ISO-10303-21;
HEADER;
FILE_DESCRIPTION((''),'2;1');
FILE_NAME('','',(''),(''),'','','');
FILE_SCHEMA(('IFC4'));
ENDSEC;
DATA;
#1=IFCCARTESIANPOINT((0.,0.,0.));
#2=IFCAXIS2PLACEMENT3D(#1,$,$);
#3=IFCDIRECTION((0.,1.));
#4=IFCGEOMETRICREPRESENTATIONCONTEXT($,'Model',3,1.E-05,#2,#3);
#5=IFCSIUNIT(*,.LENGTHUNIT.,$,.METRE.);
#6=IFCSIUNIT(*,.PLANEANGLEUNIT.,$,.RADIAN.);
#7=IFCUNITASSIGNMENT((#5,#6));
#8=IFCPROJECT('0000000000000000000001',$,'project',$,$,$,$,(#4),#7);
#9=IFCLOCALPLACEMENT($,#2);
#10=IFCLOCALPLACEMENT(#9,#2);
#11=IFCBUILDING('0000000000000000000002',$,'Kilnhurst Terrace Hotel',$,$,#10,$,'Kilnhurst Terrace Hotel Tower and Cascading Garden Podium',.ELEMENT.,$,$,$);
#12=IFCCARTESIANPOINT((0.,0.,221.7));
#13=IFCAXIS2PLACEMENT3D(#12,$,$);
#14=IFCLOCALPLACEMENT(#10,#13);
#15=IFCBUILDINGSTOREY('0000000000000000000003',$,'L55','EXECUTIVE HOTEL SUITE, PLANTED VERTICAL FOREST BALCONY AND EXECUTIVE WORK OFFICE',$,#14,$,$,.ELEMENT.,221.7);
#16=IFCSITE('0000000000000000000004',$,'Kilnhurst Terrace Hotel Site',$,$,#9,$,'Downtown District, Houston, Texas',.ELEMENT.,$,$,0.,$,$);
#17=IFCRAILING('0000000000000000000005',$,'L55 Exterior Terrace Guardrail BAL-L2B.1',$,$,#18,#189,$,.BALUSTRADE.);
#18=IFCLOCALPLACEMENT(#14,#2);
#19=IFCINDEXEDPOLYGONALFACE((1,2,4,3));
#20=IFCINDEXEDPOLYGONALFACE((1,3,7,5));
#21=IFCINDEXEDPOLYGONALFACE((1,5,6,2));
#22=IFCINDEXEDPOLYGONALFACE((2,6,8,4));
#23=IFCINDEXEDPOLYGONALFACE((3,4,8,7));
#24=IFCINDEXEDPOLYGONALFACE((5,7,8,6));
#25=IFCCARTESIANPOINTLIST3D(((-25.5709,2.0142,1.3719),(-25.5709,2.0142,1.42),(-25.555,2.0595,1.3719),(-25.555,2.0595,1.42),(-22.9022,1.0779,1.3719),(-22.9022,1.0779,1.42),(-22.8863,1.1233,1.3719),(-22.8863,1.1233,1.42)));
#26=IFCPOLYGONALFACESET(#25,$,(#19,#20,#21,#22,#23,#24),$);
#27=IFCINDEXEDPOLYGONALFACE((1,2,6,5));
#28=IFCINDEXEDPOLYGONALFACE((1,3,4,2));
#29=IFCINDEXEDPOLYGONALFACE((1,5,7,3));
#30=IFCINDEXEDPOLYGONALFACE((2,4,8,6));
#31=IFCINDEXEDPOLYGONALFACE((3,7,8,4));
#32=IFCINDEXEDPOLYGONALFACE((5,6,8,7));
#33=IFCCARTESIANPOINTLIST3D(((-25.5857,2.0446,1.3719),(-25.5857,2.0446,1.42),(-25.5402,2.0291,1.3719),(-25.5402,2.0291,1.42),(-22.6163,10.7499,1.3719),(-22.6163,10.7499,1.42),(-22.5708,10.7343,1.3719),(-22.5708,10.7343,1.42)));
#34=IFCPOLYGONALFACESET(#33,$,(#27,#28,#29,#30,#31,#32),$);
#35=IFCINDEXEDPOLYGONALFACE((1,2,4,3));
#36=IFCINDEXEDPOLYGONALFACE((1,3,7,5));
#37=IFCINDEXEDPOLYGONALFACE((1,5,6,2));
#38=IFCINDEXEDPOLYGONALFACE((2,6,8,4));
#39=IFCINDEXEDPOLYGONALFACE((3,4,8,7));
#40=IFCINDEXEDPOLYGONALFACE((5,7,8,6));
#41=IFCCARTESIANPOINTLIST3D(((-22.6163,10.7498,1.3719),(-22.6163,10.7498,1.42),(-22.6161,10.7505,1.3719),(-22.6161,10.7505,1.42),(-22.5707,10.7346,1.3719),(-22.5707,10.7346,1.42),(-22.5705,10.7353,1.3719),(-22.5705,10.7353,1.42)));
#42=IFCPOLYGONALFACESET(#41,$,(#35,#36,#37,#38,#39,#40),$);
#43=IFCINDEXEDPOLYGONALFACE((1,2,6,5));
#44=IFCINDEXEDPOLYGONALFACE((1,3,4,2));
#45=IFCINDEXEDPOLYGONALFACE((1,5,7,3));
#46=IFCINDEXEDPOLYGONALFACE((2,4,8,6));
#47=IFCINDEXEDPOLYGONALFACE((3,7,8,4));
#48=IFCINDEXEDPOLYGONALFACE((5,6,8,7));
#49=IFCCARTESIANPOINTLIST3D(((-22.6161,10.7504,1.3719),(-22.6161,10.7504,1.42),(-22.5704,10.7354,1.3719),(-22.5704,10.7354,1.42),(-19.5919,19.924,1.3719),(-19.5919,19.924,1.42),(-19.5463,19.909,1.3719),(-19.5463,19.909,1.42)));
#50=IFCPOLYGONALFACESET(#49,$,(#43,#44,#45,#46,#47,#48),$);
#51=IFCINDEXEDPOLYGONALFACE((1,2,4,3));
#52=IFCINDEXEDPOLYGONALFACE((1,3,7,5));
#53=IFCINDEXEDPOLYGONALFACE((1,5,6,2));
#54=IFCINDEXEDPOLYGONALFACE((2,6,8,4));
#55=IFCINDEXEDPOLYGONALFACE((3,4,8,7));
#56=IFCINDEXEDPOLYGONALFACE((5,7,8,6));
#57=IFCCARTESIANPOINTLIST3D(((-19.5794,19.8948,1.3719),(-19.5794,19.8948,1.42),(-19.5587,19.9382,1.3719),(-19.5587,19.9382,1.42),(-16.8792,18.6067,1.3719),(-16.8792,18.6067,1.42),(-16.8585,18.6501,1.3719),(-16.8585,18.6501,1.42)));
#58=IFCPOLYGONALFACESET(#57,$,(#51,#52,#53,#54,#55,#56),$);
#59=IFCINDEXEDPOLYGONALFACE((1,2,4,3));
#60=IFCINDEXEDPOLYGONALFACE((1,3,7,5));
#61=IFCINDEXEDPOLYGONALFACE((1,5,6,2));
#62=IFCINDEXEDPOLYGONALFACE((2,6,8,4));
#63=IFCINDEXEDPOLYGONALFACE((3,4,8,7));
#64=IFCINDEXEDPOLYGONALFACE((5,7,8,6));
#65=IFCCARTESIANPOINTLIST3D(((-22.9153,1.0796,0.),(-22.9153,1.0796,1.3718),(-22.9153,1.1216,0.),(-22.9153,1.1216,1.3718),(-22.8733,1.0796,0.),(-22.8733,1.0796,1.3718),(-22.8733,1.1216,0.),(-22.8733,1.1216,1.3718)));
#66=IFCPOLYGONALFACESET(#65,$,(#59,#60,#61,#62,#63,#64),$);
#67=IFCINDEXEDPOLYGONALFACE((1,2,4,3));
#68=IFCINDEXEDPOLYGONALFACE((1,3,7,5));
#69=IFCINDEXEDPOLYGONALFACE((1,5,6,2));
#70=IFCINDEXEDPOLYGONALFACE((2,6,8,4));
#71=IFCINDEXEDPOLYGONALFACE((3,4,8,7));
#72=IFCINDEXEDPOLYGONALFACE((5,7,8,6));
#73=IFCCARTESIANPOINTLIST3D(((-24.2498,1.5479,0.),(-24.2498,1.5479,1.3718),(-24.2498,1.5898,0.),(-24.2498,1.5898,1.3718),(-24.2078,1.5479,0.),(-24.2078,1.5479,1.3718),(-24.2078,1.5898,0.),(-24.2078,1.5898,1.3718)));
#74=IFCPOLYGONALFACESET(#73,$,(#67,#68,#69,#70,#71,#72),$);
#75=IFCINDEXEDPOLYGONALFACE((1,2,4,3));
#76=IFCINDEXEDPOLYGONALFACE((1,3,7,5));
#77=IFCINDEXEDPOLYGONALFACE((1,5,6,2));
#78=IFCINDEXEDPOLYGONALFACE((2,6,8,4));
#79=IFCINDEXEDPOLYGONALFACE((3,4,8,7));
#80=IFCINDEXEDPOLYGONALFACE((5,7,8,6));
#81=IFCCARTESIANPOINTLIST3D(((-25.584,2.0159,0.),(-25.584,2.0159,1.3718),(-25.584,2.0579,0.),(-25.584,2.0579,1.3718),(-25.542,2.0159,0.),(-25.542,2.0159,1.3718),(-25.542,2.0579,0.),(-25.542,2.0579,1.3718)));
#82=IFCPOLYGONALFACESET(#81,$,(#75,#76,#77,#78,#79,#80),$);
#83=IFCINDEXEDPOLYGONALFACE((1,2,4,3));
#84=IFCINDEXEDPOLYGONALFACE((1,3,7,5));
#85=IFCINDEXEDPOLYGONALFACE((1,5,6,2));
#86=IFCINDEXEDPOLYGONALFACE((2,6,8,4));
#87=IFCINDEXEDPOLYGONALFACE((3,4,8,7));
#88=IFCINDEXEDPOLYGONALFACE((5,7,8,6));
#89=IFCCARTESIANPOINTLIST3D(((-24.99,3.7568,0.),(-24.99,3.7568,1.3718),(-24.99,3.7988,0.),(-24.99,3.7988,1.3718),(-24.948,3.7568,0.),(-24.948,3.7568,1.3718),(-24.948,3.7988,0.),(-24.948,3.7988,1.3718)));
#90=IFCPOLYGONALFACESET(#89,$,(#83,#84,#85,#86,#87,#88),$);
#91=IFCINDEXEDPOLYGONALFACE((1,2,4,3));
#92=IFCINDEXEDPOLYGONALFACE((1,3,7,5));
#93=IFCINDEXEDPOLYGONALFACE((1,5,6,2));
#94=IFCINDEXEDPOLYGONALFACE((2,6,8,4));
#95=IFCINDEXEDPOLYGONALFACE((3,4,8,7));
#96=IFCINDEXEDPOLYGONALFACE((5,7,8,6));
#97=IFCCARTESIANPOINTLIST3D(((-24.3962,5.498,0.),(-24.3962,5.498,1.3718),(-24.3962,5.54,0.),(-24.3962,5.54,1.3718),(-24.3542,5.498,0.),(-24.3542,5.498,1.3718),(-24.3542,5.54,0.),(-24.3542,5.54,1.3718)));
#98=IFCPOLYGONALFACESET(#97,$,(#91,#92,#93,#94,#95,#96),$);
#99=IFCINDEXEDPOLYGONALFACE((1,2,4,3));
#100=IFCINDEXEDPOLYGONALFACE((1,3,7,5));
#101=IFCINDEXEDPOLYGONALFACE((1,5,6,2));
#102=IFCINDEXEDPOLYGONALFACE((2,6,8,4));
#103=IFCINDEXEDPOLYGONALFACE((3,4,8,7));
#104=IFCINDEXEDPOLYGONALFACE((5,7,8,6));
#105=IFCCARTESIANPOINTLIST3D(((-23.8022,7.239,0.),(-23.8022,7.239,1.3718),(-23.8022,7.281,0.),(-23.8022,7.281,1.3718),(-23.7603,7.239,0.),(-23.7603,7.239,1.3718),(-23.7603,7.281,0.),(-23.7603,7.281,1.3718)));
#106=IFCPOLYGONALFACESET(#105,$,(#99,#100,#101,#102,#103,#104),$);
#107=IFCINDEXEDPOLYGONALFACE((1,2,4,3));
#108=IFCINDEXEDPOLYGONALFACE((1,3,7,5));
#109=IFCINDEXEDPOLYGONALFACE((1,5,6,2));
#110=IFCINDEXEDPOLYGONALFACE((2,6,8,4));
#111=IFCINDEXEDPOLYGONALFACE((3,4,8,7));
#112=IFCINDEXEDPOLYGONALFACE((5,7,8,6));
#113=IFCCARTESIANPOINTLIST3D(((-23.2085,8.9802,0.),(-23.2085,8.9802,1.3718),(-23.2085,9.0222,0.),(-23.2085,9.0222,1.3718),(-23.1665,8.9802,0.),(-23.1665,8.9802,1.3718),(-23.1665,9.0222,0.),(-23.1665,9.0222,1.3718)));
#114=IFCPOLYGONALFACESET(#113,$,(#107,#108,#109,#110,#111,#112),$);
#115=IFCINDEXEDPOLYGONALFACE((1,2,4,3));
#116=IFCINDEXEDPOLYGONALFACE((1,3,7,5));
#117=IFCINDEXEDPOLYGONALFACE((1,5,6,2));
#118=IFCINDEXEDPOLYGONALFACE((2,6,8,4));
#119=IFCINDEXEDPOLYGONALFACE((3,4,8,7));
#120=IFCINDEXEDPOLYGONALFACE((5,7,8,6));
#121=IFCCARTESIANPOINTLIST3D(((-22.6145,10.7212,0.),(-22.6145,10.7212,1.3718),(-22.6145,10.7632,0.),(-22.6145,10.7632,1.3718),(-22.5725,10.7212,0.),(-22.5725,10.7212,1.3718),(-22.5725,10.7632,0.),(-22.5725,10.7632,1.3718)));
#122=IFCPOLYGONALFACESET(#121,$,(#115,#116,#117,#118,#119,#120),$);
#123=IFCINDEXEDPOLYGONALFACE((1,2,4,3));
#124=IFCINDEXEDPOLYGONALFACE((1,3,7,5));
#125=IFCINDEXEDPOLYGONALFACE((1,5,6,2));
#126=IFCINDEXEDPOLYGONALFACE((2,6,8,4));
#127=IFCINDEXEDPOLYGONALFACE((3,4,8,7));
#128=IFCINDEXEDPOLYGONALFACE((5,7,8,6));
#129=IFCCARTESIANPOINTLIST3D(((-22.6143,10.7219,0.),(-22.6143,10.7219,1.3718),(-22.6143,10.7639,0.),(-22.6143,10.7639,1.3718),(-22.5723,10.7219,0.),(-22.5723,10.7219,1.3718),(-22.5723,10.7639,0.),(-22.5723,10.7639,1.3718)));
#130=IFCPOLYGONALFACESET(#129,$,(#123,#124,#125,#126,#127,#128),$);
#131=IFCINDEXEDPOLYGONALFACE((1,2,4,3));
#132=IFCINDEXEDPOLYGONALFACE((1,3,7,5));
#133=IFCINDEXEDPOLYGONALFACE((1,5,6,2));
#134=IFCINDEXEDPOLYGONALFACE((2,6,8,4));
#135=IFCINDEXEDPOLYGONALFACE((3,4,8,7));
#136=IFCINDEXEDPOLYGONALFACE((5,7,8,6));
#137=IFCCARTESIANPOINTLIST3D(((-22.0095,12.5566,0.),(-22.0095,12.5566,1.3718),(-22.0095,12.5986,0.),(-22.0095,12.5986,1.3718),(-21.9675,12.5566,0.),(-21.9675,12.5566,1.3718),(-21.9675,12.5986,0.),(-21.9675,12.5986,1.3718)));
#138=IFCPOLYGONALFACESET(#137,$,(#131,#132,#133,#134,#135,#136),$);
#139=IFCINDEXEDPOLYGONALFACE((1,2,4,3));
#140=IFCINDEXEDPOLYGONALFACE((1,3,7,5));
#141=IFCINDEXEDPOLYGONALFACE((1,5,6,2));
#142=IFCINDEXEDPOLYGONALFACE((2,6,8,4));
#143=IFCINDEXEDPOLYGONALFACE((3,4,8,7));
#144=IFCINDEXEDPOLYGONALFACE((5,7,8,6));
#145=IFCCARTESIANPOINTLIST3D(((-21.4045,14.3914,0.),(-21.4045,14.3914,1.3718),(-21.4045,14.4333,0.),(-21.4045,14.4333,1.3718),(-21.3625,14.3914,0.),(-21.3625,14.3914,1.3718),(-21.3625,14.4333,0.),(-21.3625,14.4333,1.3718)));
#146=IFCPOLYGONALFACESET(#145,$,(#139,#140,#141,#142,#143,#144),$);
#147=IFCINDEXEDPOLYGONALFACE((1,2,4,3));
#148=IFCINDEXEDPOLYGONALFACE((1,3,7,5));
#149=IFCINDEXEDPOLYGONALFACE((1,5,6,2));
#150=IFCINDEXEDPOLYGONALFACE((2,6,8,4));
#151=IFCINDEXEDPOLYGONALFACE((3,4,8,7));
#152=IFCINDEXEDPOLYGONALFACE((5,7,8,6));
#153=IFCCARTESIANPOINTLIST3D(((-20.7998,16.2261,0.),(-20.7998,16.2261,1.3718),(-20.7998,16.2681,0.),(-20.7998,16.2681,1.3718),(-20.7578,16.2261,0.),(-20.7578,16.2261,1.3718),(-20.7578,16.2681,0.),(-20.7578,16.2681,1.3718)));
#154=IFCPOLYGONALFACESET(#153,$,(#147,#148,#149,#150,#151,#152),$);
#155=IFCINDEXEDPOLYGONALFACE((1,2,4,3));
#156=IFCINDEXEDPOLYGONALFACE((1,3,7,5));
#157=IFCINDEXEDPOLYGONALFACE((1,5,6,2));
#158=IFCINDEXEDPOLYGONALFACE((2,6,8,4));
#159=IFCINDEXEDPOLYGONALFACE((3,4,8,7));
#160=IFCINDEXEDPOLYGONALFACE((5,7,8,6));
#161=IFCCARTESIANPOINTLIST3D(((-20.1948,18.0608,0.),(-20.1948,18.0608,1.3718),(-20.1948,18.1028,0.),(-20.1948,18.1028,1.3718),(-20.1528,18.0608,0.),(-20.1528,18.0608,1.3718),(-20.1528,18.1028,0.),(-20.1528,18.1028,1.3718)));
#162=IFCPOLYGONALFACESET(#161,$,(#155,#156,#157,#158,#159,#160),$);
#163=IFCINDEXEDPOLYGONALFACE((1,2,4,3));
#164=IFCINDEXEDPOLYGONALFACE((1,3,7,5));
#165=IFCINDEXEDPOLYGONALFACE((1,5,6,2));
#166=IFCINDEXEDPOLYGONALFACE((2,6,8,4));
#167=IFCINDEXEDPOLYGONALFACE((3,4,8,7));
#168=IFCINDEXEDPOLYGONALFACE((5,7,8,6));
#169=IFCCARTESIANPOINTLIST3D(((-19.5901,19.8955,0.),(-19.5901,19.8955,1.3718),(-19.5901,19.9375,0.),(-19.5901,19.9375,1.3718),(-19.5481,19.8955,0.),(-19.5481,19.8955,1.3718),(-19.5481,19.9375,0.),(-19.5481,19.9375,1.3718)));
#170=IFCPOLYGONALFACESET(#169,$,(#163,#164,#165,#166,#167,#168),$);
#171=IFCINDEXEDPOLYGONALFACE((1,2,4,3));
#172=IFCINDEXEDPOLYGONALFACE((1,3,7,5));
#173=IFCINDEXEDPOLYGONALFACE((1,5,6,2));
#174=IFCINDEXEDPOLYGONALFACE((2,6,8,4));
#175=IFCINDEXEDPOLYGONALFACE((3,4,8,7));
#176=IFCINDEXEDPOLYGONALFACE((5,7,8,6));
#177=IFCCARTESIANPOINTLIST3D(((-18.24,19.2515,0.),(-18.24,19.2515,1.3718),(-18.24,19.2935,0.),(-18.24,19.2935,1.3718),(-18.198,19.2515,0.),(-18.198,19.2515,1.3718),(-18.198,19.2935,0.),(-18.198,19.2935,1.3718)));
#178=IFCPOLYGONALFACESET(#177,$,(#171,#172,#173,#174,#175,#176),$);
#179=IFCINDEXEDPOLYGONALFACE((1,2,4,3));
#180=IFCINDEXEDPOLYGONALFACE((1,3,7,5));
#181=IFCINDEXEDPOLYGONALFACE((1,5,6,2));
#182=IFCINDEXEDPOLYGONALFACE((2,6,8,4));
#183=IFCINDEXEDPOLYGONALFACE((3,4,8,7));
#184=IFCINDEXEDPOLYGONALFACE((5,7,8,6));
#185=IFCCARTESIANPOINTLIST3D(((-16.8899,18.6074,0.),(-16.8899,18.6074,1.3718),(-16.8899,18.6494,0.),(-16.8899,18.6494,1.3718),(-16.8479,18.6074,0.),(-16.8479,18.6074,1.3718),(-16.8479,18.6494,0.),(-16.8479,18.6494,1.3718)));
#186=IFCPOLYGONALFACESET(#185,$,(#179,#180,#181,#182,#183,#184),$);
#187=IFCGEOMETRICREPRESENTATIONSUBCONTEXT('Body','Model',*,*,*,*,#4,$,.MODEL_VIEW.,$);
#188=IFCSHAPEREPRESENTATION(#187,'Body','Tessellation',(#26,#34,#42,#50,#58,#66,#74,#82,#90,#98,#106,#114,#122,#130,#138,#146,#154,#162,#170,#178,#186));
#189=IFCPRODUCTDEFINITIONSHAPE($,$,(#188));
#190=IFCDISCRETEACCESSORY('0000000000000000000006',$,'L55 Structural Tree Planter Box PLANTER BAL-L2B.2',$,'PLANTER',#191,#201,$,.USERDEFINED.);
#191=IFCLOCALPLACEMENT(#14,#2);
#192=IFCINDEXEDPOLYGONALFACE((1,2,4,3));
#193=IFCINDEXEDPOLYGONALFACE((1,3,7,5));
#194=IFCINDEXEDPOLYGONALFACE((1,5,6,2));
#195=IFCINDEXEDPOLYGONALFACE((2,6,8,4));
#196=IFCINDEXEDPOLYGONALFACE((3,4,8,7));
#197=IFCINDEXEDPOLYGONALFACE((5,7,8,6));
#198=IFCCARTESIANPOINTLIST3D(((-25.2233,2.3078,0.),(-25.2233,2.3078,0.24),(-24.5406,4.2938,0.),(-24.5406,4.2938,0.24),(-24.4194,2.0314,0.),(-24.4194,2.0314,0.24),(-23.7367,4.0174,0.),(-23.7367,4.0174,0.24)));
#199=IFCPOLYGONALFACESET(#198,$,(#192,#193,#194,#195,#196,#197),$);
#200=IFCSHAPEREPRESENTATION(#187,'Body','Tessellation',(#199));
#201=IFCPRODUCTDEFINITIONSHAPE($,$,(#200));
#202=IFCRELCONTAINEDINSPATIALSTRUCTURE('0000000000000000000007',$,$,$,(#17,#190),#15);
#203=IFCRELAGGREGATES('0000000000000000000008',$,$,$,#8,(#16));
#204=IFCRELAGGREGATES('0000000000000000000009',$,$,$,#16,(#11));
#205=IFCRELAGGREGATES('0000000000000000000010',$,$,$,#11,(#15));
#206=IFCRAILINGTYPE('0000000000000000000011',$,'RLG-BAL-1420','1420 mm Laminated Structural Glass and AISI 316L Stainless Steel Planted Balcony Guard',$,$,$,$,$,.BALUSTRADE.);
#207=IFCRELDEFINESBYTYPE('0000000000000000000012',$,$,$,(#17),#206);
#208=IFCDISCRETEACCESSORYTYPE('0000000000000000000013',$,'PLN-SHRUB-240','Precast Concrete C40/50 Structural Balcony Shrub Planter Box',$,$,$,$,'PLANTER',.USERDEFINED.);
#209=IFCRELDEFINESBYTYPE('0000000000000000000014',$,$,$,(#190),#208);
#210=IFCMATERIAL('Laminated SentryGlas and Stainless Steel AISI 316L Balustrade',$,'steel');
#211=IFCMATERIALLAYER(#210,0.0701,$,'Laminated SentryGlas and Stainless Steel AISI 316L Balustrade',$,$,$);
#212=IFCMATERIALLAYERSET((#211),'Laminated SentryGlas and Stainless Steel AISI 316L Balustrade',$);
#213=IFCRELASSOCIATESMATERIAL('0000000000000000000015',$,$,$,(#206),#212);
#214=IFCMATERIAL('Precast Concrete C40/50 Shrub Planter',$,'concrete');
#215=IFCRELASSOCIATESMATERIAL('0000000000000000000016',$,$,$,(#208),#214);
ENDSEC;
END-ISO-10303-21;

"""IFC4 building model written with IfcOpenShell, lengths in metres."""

from ifc_helpers import new_model, si_unit, direction, frame, origin, origin_2d, place, context, subcontext, project, spatial, rectangle, extrude, material, layer, layer_set, type_object, element, save


model = new_model("IFC4")

# Units and contexts
model_context = context("Model", 3, precision=1e-05, world=origin(), true_north=direction((0.0, 1.0)))
body_context = subcontext(model_context, "Body", "Model", "MODEL_VIEW")
ifc_project = project(units=[si_unit("LENGTHUNIT", "METRE"), si_unit("PLANEANGLEUNIT", "RADIAN")], contexts=[model_context])

# Site, building, storey
site_placement = place(None, origin())
site = spatial("IfcSite", under=ifc_project, at=site_placement, Name="Kilnhurst Terrace Hotel Site", LongName="Downtown District, Houston, Texas", CompositionType="ELEMENT", RefElevation=0.0)
building_placement = place(site_placement, origin())
building = spatial("IfcBuilding", under=site, at=building_placement, Name="Kilnhurst Terrace Hotel", LongName="Kilnhurst Terrace Hotel Tower and Cascading Garden Podium", CompositionType="ELEMENT")
storey_placement = place(building_placement, frame((0.0, 0.0, 221.7)))
storey = spatial("IfcBuildingStorey", under=building, at=storey_placement, Name="L55", Description="EXECUTIVE HOTEL SUITE, PLANTED VERTICAL FOREST BALCONY AND EXECUTIVE WORK OFFICE", CompositionType="ELEMENT", Elevation=221.7)

# Railing
ifc_material_1 = material(Name="Laminated SentryGlas and Stainless Steel AISI 316L Balustrade", Category="steel")
ifc_layer_1 = layer(ifc_material_1, 0.0701, Name="Laminated SentryGlas and Stainless Steel AISI 316L Balustrade")
ifc_layer_set_1 = layer_set([ifc_layer_1], Name="Laminated SentryGlas and Stainless Steel AISI 316L Balustrade")
railing_type = type_object("IfcRailingType", Name="RLG-BAL-1420", Description="1420 mm Laminated Structural Glass and AISI 316L Stainless Steel Planted Balcony Guard", PredefinedType="BALUSTRADE", material=ifc_layer_set_1)
railing_placement = place(storey_placement, frame((-22.8943, 1.1006, 0.0)))
element("IfcRailing", 1, at=railing_placement, inside=storey, type_object=railing_type, Name="L55 Exterior Terrace Guardrail BAL-L2B.1", PredefinedType="BALUSTRADE", context=body_context, shape_type="SweptSolid", body=[
    extrude(rectangle(XDim=0.0481, YDim=0.0481, at=origin_2d()), frame((0.0, 0.0, 1.396), z_axis=(-0.943612, 0.331054, 0.0), x_axis=(-0.331054, -0.943612, 0.0)), (0.0, 0.0, 1.0), 2.8281),
    extrude(rectangle(XDim=0.0481, YDim=0.0481, at=origin_2d()), frame((-2.6687, 0.9363, 1.396), z_axis=(0.322845, 0.946452, 0.0), x_axis=(-0.946452, 0.322845, 0.0)), (0.0, 0.0, 1.0), 9.1978),
    extrude(rectangle(XDim=0.0481, YDim=0.0481, at=origin_2d()), frame((0.3008, 9.6416, 1.396), z_axis=(0.316228, 0.948683, 0.0), x_axis=(-0.948683, 0.316228, 0.0)), (0.0, 0.0, 1.0), 0.0007),
    extrude(rectangle(XDim=0.0481, YDim=0.0481, at=origin_2d()), frame((0.301, 9.6423, 1.396), z_axis=(0.313087, 0.949725, 0.0), x_axis=(-0.949725, 0.313087, 0.0)), (0.0, 0.0, 1.0), 9.6592),
    extrude(rectangle(XDim=0.0481, YDim=0.0481, at=origin_2d()), frame((3.3252, 18.8159, 1.396), z_axis=(0.902565, -0.430554, 0.0), x_axis=(0.430554, 0.902565, 0.0)), (0.0, 0.0, 1.0), 2.9917),
    extrude(rectangle(XDim=0.042, YDim=0.042, at=origin_2d()), origin(), (0.0, 0.0, 1.0), 1.3718),
    extrude(rectangle(XDim=0.042, YDim=0.042, at=origin_2d()), frame((-1.3345, 0.4683, 0.0)), (0.0, 0.0, 1.0), 1.3718),
    extrude(rectangle(XDim=0.042, YDim=0.042, at=origin_2d()), frame((-2.6687, 0.9363, 0.0)), (0.0, 0.0, 1.0), 1.3718),
    extrude(rectangle(XDim=0.042, YDim=0.042, at=origin_2d()), frame((-2.0747, 2.6772, 0.0)), (0.0, 0.0, 1.0), 1.3718),
    extrude(rectangle(XDim=0.042, YDim=0.042, at=origin_2d()), frame((-1.481, 4.4185, 0.0)), (0.0, 0.0, 1.0), 1.3718),
    extrude(rectangle(XDim=0.042, YDim=0.042, at=origin_2d()), frame((-0.887, 6.1594, 0.0)), (0.0, 0.0, 1.0), 1.3718),
    extrude(rectangle(XDim=0.042, YDim=0.042, at=origin_2d()), frame((-0.2932, 7.9006, 0.0)), (0.0, 0.0, 1.0), 1.3718),
    extrude(rectangle(XDim=0.042, YDim=0.042, at=origin_2d()), frame((0.3008, 9.6416, 0.0)), (0.0, 0.0, 1.0), 1.3718),
    extrude(rectangle(XDim=0.042, YDim=0.042, at=origin_2d()), frame((0.301, 9.6423, 0.0)), (0.0, 0.0, 1.0), 1.3718),
    extrude(rectangle(XDim=0.042, YDim=0.042, at=origin_2d()), frame((0.9058, 11.4771, 0.0)), (0.0, 0.0, 1.0), 1.3718),
    extrude(rectangle(XDim=0.042, YDim=0.042, at=origin_2d()), frame((1.5107, 13.3118, 0.0)), (0.0, 0.0, 1.0), 1.3718),
    extrude(rectangle(XDim=0.042, YDim=0.042, at=origin_2d()), frame((2.1155, 15.1465, 0.0)), (0.0, 0.0, 1.0), 1.3718),
    extrude(rectangle(XDim=0.042, YDim=0.042, at=origin_2d()), frame((2.7205, 16.9812, 0.0)), (0.0, 0.0, 1.0), 1.3718),
    extrude(rectangle(XDim=0.042, YDim=0.042, at=origin_2d()), frame((3.3252, 18.8159, 0.0)), (0.0, 0.0, 1.0), 1.3718),
    extrude(rectangle(XDim=0.042, YDim=0.042, at=origin_2d()), frame((4.6753, 18.1719, 0.0)), (0.0, 0.0, 1.0), 1.3718),
    extrude(rectangle(XDim=0.042, YDim=0.042, at=origin_2d()), frame((6.0254, 17.5278, 0.0)), (0.0, 0.0, 1.0), 1.3718),
])

# Discrete accessory
ifc_material_2 = material(Name="Precast Concrete C40/50 Shrub Planter", Category="concrete")
discrete_accessory_type = type_object("IfcDiscreteAccessoryType", Name="PLN-SHRUB-240", Description="Precast Concrete C40/50 Structural Balcony Shrub Planter Box", ElementType="PLANTER", PredefinedType="USERDEFINED", material=ifc_material_2)
discrete_accessory_placement = place(storey_placement, frame((-24.48, 3.1626, 0.0), z_axis=(0.0, 0.0, 1.0), x_axis=(-0.32509, -0.945683, 0.0)))
element("IfcDiscreteAccessory", 2, at=discrete_accessory_placement, inside=storey, type_object=discrete_accessory_type, Name="L55 Structural Tree Planter Box PLANTER BAL-L2B.2", ObjectType="PLANTER", PredefinedType="USERDEFINED", context=body_context, shape_type="SweptSolid", body=[
    extrude(rectangle(XDim=2.1001, YDim=0.8501, at=origin_2d()), origin(), (0.0, 0.0, 1.0), 0.24),
])

save(model, "model.ifc")
